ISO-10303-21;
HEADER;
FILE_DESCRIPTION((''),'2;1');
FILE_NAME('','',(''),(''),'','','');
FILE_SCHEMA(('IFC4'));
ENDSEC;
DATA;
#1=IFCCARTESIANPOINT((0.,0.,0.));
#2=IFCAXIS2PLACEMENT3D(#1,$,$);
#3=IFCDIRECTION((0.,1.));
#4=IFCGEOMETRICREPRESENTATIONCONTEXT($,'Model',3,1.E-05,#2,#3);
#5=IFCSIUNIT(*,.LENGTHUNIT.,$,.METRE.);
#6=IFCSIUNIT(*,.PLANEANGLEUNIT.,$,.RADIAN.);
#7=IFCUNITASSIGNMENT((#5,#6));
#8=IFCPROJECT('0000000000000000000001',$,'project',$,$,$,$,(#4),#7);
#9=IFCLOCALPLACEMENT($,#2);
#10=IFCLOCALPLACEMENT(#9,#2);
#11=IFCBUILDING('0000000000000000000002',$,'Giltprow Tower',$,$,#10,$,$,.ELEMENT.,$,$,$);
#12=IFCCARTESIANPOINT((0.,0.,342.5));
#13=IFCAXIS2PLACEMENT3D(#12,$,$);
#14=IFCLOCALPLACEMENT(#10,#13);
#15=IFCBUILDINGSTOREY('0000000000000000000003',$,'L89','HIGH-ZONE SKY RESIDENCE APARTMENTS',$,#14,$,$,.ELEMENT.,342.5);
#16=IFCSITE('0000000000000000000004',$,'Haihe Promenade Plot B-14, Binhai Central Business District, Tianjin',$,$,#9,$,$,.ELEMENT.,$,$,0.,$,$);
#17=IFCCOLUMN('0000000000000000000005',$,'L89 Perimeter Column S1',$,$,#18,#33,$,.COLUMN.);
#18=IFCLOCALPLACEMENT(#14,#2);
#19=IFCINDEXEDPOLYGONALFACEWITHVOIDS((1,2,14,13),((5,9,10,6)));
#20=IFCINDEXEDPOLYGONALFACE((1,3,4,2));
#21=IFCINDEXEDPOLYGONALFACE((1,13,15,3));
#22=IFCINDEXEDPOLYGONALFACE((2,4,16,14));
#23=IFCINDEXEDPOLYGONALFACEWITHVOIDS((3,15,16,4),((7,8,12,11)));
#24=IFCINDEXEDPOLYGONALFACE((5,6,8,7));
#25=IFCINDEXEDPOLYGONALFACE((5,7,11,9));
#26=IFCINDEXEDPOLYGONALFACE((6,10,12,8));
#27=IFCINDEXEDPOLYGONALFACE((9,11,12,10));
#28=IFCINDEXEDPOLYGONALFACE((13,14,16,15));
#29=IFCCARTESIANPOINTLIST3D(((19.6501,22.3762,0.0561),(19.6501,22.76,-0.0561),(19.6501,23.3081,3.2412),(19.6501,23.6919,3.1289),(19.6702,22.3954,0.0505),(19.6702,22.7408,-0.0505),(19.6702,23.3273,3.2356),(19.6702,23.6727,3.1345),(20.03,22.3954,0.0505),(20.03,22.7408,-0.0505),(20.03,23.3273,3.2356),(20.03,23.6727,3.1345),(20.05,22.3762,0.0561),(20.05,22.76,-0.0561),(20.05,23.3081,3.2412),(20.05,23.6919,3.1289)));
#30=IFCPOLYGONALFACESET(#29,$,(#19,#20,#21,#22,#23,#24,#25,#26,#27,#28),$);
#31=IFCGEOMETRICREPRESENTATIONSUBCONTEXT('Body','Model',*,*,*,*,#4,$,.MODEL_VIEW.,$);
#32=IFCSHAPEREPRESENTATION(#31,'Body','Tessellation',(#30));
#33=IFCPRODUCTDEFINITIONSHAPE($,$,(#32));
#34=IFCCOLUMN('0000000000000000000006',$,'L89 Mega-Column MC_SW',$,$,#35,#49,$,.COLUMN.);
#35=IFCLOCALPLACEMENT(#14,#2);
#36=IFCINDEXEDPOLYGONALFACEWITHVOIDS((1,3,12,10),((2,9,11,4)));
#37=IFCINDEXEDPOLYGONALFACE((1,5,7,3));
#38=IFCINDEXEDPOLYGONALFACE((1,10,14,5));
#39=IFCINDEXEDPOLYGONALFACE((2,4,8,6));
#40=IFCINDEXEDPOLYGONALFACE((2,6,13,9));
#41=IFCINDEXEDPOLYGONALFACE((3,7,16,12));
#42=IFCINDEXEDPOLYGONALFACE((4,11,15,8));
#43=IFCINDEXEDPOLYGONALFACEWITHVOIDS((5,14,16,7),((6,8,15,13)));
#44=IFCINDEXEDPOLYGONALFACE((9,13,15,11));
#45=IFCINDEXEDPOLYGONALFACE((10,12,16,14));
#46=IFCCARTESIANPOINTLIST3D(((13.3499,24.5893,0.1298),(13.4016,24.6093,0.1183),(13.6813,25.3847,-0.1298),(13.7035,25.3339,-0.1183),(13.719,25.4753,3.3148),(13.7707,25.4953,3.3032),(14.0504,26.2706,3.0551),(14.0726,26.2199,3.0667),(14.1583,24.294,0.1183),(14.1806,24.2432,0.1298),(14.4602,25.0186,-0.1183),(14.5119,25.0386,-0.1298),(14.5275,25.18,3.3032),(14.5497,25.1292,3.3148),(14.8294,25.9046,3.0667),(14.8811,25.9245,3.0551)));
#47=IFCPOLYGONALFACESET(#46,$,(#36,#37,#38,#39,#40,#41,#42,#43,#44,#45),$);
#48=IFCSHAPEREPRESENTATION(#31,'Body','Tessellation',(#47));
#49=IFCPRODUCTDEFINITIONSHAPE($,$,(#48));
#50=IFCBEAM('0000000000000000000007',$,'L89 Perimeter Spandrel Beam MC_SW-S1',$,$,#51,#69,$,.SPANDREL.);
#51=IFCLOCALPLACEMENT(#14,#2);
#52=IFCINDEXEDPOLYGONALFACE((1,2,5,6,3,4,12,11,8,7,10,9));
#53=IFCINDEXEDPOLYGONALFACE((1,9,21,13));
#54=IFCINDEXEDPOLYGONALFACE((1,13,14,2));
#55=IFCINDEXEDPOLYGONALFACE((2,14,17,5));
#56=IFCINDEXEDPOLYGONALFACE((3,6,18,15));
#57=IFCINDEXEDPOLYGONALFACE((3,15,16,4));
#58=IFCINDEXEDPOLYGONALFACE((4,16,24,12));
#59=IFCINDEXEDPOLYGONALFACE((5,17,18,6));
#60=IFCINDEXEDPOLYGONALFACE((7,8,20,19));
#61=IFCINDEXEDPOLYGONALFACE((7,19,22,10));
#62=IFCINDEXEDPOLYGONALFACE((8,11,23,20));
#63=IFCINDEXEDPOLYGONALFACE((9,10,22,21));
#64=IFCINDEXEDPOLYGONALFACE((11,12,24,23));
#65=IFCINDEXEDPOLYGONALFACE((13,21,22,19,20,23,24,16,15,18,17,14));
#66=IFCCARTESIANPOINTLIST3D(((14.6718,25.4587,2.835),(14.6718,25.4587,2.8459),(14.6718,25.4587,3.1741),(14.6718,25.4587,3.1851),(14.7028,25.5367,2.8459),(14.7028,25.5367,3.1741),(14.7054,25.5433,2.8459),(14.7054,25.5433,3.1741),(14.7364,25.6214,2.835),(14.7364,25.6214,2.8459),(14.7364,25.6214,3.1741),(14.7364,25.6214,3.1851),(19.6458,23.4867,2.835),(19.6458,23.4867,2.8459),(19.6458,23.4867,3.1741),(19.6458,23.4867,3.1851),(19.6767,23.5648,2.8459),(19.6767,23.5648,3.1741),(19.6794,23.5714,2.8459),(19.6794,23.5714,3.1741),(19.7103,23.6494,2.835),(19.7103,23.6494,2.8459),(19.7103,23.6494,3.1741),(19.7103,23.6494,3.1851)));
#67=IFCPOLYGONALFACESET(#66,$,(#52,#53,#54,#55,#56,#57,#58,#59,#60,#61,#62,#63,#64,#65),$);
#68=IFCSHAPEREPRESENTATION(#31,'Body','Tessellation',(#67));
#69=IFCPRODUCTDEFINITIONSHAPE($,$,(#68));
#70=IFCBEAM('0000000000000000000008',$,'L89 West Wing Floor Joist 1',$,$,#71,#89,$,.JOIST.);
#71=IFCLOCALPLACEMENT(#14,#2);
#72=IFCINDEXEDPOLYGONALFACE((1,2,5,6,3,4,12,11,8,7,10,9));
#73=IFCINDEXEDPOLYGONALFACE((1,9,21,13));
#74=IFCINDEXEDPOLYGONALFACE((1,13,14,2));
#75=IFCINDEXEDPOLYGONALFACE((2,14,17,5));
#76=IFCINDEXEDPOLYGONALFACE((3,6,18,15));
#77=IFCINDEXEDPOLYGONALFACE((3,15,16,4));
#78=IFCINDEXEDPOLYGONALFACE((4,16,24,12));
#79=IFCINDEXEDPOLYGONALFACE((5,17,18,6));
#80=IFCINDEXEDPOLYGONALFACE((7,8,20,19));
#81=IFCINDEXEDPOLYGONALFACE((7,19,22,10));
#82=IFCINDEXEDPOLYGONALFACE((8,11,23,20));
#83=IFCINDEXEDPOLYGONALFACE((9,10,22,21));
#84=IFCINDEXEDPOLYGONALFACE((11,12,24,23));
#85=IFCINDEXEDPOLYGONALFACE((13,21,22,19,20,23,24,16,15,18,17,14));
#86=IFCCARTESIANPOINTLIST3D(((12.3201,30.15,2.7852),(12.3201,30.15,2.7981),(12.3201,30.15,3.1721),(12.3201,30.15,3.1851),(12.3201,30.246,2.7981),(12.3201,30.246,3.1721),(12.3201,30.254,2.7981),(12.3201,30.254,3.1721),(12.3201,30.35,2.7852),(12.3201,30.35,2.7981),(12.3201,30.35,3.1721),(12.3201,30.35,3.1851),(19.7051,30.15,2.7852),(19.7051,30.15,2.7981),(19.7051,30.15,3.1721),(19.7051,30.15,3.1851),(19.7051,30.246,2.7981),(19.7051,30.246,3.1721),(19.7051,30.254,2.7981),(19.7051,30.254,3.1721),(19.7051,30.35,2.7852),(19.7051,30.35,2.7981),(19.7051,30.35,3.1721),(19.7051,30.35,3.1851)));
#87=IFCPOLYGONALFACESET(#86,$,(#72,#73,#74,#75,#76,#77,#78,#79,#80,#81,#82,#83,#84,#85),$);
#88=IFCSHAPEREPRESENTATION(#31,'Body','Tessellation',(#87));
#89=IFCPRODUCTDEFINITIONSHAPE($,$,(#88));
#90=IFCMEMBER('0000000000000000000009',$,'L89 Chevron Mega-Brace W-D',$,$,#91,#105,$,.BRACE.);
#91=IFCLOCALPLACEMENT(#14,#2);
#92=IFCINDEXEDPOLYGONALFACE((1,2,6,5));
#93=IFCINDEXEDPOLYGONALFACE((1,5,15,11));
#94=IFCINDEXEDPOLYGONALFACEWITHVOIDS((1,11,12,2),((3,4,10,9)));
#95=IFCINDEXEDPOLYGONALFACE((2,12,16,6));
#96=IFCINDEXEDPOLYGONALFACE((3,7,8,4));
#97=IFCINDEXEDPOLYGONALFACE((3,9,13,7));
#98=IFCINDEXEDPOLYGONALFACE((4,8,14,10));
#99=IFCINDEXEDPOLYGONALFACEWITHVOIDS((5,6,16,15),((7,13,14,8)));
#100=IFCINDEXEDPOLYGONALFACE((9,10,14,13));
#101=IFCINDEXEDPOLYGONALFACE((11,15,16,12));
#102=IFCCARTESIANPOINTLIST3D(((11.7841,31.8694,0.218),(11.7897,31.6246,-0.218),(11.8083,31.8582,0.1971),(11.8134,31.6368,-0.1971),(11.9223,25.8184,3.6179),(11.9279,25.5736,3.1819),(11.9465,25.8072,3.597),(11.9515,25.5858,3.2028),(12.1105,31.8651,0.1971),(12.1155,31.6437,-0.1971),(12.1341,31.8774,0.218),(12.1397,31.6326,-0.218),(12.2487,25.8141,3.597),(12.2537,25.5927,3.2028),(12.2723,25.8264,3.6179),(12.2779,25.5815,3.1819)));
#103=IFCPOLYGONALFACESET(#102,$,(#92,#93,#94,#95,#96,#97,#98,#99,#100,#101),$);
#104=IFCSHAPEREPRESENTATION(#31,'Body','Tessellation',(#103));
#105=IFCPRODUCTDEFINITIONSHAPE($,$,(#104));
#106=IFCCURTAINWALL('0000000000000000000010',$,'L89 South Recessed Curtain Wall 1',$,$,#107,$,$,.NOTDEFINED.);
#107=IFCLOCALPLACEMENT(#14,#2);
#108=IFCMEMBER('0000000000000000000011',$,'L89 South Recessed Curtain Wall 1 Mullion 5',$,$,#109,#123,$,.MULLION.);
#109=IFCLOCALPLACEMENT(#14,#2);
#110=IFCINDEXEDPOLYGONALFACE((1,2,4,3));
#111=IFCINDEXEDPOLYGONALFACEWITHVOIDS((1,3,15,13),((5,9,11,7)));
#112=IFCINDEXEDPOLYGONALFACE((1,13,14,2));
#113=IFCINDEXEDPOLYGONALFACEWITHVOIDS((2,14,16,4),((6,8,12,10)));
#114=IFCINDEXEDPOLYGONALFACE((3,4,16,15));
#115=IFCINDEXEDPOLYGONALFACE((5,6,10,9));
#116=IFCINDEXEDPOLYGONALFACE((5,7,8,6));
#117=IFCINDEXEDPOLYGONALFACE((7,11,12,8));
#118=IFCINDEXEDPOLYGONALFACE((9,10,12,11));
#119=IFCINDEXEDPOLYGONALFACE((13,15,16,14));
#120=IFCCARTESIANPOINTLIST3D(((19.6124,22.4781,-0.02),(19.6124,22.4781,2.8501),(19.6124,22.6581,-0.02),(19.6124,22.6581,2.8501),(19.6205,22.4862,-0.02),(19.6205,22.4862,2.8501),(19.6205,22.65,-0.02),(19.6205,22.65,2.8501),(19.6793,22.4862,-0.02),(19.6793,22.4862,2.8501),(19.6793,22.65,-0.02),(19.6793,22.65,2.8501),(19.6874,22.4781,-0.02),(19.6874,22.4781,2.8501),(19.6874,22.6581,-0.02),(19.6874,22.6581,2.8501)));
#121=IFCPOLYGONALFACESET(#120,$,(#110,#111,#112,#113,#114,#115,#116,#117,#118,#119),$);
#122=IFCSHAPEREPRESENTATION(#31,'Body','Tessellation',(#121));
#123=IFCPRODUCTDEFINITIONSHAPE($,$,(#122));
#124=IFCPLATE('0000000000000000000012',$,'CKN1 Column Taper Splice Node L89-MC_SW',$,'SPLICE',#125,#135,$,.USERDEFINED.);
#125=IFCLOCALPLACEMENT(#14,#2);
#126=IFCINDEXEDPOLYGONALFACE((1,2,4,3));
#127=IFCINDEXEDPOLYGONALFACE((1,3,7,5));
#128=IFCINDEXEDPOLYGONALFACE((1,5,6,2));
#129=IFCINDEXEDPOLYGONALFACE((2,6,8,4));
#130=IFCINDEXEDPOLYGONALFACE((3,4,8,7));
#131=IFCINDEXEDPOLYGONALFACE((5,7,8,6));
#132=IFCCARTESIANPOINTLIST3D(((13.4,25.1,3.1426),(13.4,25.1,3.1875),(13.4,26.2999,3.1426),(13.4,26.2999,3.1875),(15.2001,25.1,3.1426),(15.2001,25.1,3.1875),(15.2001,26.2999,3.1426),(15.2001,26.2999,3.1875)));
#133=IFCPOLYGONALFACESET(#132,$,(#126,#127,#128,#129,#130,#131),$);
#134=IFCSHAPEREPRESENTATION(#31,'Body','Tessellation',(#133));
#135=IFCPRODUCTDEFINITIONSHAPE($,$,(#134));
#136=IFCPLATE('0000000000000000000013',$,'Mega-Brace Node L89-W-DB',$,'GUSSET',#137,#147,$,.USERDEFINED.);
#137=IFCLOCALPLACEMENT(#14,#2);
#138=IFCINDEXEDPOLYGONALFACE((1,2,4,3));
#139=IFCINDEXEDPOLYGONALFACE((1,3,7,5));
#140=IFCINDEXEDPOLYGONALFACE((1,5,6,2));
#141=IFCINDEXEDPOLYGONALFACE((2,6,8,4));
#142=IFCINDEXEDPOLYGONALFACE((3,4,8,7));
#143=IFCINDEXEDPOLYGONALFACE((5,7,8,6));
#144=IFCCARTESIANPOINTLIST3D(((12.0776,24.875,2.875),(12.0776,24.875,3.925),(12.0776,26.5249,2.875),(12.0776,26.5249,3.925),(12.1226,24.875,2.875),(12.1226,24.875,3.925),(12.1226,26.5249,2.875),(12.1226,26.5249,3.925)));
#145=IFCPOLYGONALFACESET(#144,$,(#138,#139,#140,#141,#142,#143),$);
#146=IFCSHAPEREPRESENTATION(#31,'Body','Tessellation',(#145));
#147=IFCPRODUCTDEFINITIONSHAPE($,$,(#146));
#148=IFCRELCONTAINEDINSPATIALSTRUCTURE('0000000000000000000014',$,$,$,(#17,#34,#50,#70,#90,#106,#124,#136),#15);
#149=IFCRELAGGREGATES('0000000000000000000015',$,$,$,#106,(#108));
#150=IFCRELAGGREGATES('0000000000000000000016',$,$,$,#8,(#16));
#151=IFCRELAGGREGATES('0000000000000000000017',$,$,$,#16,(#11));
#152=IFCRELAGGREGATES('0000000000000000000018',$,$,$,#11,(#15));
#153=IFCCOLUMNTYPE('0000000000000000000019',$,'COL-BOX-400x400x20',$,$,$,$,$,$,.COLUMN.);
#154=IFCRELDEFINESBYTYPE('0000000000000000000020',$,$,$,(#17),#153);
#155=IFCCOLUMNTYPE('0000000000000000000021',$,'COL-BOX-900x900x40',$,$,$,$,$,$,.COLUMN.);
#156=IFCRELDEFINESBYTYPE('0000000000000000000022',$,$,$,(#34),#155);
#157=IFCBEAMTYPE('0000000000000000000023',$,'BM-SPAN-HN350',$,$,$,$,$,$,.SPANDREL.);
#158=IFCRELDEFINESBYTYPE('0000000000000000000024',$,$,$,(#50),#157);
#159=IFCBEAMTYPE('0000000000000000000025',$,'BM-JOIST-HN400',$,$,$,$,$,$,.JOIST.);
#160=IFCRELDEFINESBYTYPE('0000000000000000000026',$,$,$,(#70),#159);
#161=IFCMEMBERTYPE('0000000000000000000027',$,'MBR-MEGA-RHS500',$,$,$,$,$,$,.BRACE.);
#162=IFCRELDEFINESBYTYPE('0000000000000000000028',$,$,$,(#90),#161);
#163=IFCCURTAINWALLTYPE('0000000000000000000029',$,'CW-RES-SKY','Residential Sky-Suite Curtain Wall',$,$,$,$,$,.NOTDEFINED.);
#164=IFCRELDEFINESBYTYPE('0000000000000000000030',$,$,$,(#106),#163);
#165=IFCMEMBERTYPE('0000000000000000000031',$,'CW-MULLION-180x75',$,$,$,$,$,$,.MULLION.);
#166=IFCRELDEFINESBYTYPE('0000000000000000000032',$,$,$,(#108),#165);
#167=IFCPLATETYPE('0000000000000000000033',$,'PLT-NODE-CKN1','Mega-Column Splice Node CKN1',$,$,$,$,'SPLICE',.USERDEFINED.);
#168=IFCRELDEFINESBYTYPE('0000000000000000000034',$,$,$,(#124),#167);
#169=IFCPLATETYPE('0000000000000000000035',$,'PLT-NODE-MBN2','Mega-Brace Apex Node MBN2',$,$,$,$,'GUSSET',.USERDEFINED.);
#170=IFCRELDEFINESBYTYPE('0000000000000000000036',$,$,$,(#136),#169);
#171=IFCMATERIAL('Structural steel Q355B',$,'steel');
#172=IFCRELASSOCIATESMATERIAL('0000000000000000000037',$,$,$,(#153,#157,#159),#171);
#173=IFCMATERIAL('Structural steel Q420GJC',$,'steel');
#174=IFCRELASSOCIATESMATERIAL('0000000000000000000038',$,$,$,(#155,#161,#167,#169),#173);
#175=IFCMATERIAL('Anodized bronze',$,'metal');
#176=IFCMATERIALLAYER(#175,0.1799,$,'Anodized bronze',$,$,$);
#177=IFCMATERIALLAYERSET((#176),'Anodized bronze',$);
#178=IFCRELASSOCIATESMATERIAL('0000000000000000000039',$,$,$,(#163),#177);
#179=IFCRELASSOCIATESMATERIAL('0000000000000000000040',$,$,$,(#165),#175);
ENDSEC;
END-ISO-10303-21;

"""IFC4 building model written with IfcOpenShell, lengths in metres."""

from ifc_helpers import new_model, si_unit, direction, frame, origin, origin_2d, place, context, subcontext, project, spatial, rectangle, hollow_rectangle, i_section, extrude, source, transform, mapped, material, layer, layer_set, material_profile, profile_set, type_object, element, aggregate, save


model = new_model("IFC4")

# Units and contexts
model_context = context("Model", 3, precision=1e-05, world=origin(), true_north=direction((0.0, 1.0)))
body_context = subcontext(model_context, "Body", "Model", "MODEL_VIEW")
ifc_project = project(units=[si_unit("LENGTHUNIT", "METRE"), si_unit("PLANEANGLEUNIT", "RADIAN")], contexts=[model_context])

# Site, building, storey
site_placement = place(None, origin())
site = spatial("IfcSite", under=ifc_project, at=site_placement, Name="Haihe Promenade Plot B-14, Binhai Central Business District, Tianjin", CompositionType="ELEMENT", RefElevation=0.0)
building_placement = place(site_placement, origin())
building = spatial("IfcBuilding", under=site, at=building_placement, Name="Giltprow Tower", CompositionType="ELEMENT")
storey_placement = place(building_placement, frame((0.0, 0.0, 342.5)))
storey = spatial("IfcBuildingStorey", under=building, at=storey_placement, Name="L89", Description="HIGH-ZONE SKY RESIDENCE APARTMENTS", CompositionType="ELEMENT", Elevation=342.5)

# Columns
ifc_material_1 = material(Name="Structural steel Q355B", Category="steel")
ifc_material_profile_1 = material_profile(ifc_material_1, hollow_rectangle(XDim=0.3999, YDim=0.3999, WallThickness=0.02, at=origin_2d()), Name="BOX 400x400x20")
ifc_profile_set_1 = profile_set([ifc_material_profile_1], Name="Structural steel Q355B")
column_type_1 = type_object("IfcColumnType", Name="COL-BOX-400x400x20", PredefinedType="COLUMN", material=ifc_profile_set_1)
shared_shape_1 = source(origin(), body_context, "Body", "SweptSolid", [
    extrude(hollow_rectangle(XDim=0.3999, YDim=0.3999, WallThickness=0.02, at=origin_2d()), origin(), (0.0, 0.0, 1.0), 3.3186),
])
column_1_placement = place(storey_placement, frame((19.8501, 22.5681, 0.0), z_axis=(0.0, 0.280808, 0.959764), x_axis=(-1.0, 0.0, 0.0)))
element("IfcColumn", 1, at=column_1_placement, inside=storey, type_object=column_type_1, Name="L89 Perimeter Column S1", PredefinedType="COLUMN", context=body_context, shape_type="MappedRepresentation", body=[
    mapped(shared_shape_1, transform((0.0, 0.0, 0.0), x_axis=(1.0, 0.0, 0.0), y_axis=(0.0, 1.0, 0.0), z_axis=(0.0, 0.0, 1.0), scale=1.0)),
])
ifc_material_2 = material(Name="Structural steel Q420GJC", Category="steel")
ifc_material_profile_2 = material_profile(ifc_material_2, hollow_rectangle(XDim=0.8999, YDim=0.8999, WallThickness=0.04, at=origin_2d()), Name="BOX 900x900x40")
ifc_profile_set_2 = profile_set([ifc_material_profile_2], Name="Structural steel Q420GJC")
column_type_2 = type_object("IfcColumnType", Name="COL-BOX-900x900x40", PredefinedType="COLUMN", material=ifc_profile_set_2)
shared_shape_2 = source(origin(), body_context, "Body", "SweptSolid", [
    extrude(hollow_rectangle(XDim=0.8999, YDim=0.8999, WallThickness=0.04, at=origin_2d()), origin(), (0.0, 0.0, 1.0), 3.3264),
])
column_2_placement = place(storey_placement, frame((13.9309, 24.814, 0.0), z_axis=(0.110969, 0.266339, 0.95747), x_axis=(-0.923084, 0.384597, 0.0)))
element("IfcColumn", 2, at=column_2_placement, inside=storey, type_object=column_type_2, Name="L89 Mega-Column MC_SW", PredefinedType="COLUMN", context=body_context, shape_type="MappedRepresentation", body=[
    mapped(shared_shape_2, transform((0.0, 0.0, 0.0), x_axis=(1.0, 0.0, 0.0), y_axis=(0.0, 1.0, 0.0), z_axis=(0.0, 0.0, 1.0), scale=1.0)),
])

# Beams
ifc_material_profile_3 = material_profile(ifc_material_1, i_section(OverallWidth=0.175, OverallDepth=0.3501, WebThickness=0.0071, FlangeThickness=0.011, at=origin_2d()), Name="HN 350x175x7x11")
ifc_profile_set_3 = profile_set([ifc_material_profile_3], Name="Structural steel Q355B")
beam_type_1 = type_object("IfcBeamType", Name="BM-SPAN-HN350", PredefinedType="SPANDREL", material=ifc_profile_set_3)
shared_shape_3 = source(origin(), body_context, "Body", "SweptSolid", [
    extrude(i_section(OverallWidth=0.175, OverallDepth=0.3501, WebThickness=0.0071, FlangeThickness=0.011, at=origin_2d()), origin(), (0.0, 0.0, 1.0), 5.3506),
])
beam_1_placement = place(storey_placement, frame((14.7041, 25.54, 3.01), z_axis=(0.929608, -0.368549, 0.0), x_axis=(0.368549, 0.929608, 0.0)))
element("IfcBeam", 3, at=beam_1_placement, inside=storey, type_object=beam_type_1, Name="L89 Perimeter Spandrel Beam MC_SW-S1", PredefinedType="SPANDREL", context=body_context, shape_type="MappedRepresentation", body=[
    mapped(shared_shape_3, transform((0.0, 0.0, 0.0), x_axis=(1.0, 0.0, 0.0), y_axis=(0.0, 1.0, 0.0), z_axis=(0.0, 0.0, 1.0), scale=1.0)),
])
ifc_material_profile_4 = material_profile(ifc_material_1, i_section(OverallWidth=0.2, OverallDepth=0.3999, WebThickness=0.0081, FlangeThickness=0.0129, at=origin_2d()), Name="HN 400x200x8x13")
ifc_profile_set_4 = profile_set([ifc_material_profile_4], Name="Structural steel Q355B")
beam_type_2 = type_object("IfcBeamType", Name="BM-JOIST-HN400", PredefinedType="JOIST", material=ifc_profile_set_4)
shared_shape_4 = source(origin(), body_context, "Body", "SweptSolid", [
    extrude(i_section(OverallWidth=0.2, OverallDepth=0.3999, WebThickness=0.0081, FlangeThickness=0.0129, at=origin_2d()), origin(), (0.0, 0.0, 1.0), 7.385),
])
beam_2_placement = place(storey_placement, frame((12.3201, 30.25, 2.9851), z_axis=(1.0, 0.0, 0.0), x_axis=(0.0, 1.0, 0.0)))
element("IfcBeam", 4, at=beam_2_placement, inside=storey, type_object=beam_type_2, Name="L89 West Wing Floor Joist 1", PredefinedType="JOIST", context=body_context, shape_type="MappedRepresentation", body=[
    mapped(shared_shape_4, transform((0.0, 0.0, 0.0), x_axis=(1.0, 0.0, 0.0), y_axis=(0.0, 1.0, 0.0), z_axis=(0.0, 0.0, 1.0), scale=1.0)),
])

# Member
ifc_material_profile_5 = material_profile(ifc_material_2, hollow_rectangle(XDim=0.3501, YDim=0.5, WallThickness=0.0239, at=origin_2d()), Name="RHS 500x350x24")
ifc_profile_set_5 = profile_set([ifc_material_profile_5], Name="Structural steel Q420GJC")
member_type_1 = type_object("IfcMemberType", Name="MBR-MEGA-RHS500", PredefinedType="BRACE", material=ifc_profile_set_5)
shared_shape_5 = source(origin(), body_context, "Body", "SweptSolid", [
    extrude(hollow_rectangle(XDim=0.3501, YDim=0.5, WallThickness=0.0239, at=origin_2d()), origin(), (0.0, 0.0, 1.0), 6.9421),
])
member_1_placement = place(storey_placement, frame((11.9619, 31.751, 0.0), z_axis=(0.019905, -0.871637, 0.489748), x_axis=(0.999739, 0.02283, 0.0)))
element("IfcMember", 5, at=member_1_placement, inside=storey, type_object=member_type_1, Name="L89 Chevron Mega-Brace W-D", PredefinedType="BRACE", context=body_context, shape_type="MappedRepresentation", body=[
    mapped(shared_shape_5, transform((0.0, 0.0, 0.0), x_axis=(1.0, 0.0, 0.0), y_axis=(0.0, 1.0, 0.0), z_axis=(0.0, 0.0, 1.0), scale=1.0)),
])

# Curtain wall, member
ifc_material_3 = material(Name="Anodized bronze", Category="metal")
ifc_layer_1 = layer(ifc_material_3, 0.1799, Name="Anodized bronze")
ifc_layer_set_1 = layer_set([ifc_layer_1], Name="Anodized bronze")
curtain_wall_type = type_object("IfcCurtainWallType", Name="CW-RES-SKY", Description="Residential Sky-Suite Curtain Wall", PredefinedType="NOTDEFINED", material=ifc_layer_set_1)
curtain_wall_placement = place(storey_placement, origin())
curtain_wall = element("IfcCurtainWall", 6, at=curtain_wall_placement, inside=storey, type_object=curtain_wall_type, Name="L89 South Recessed Curtain Wall 1", PredefinedType="NOTDEFINED")
ifc_material_profile_6 = material_profile(ifc_material_3, hollow_rectangle(XDim=0.075, YDim=0.1799, WallThickness=0.0081, at=origin_2d()), Name="RHS 180x75x8")
ifc_profile_set_6 = profile_set([ifc_material_profile_6], Name="Anodized bronze")
member_type_2 = type_object("IfcMemberType", Name="CW-MULLION-180x75", PredefinedType="MULLION", material=ifc_profile_set_6)
shared_shape_6 = source(origin(), body_context, "Body", "SweptSolid", [
    extrude(hollow_rectangle(XDim=0.075, YDim=0.1799, WallThickness=0.0081, at=origin_2d()), origin(), (0.0, 0.0, 1.0), 2.8701),
])
member_2_placement = place(storey_placement, frame((19.6499, 22.5681, -0.02), z_axis=(0.0, 0.0, 1.0), x_axis=(1.0, 0.0, 0.0)))
member_2 = element("IfcMember", 7, at=member_2_placement, type_object=member_type_2, Name="L89 South Recessed Curtain Wall 1 Mullion 5", PredefinedType="MULLION", context=body_context, shape_type="MappedRepresentation", body=[
    mapped(shared_shape_6, transform((0.0, 0.0, 0.0), x_axis=(1.0, 0.0, 0.0), y_axis=(0.0, 1.0, 0.0), z_axis=(0.0, 0.0, 1.0), scale=1.0)),
])
aggregate(curtain_wall, [member_2])

# Plates
plate_type_1 = type_object("IfcPlateType", Name="PLT-NODE-CKN1", Description="Mega-Column Splice Node CKN1", ElementType="SPLICE", PredefinedType="USERDEFINED", material=ifc_material_2)
shared_shape_7 = source(origin(), body_context, "Body", "SweptSolid", [
    extrude(rectangle(XDim=1.8, YDim=1.2, at=origin_2d()), origin(), (0.0, 0.0, 1.0), 0.0449),
])
plate_1_placement = place(storey_placement, frame((14.3, 25.7, 3.1426), z_axis=(0.0, 0.0, 1.0), x_axis=(1.0, 0.0, 0.0)))
element("IfcPlate", 8, at=plate_1_placement, inside=storey, type_object=plate_type_1, Name="CKN1 Column Taper Splice Node L89-MC_SW", ObjectType="SPLICE", PredefinedType="USERDEFINED", context=body_context, shape_type="MappedRepresentation", body=[
    mapped(shared_shape_7, transform((0.0, 0.0, 0.0), x_axis=(1.0, 0.0, 0.0), y_axis=(0.0, 1.0, 0.0), z_axis=(0.0, 0.0, 1.0), scale=1.0)),
])
plate_type_2 = type_object("IfcPlateType", Name="PLT-NODE-MBN2", Description="Mega-Brace Apex Node MBN2", ElementType="GUSSET", PredefinedType="USERDEFINED", material=ifc_material_2)
shared_shape_8 = source(origin(), body_context, "Body", "SweptSolid", [
    extrude(rectangle(XDim=1.6499, YDim=0.0449, at=origin_2d()), origin(), (0.0, 0.0, 1.0), 1.05),
])
plate_2_placement = place(storey_placement, frame((12.1001, 25.7, 2.875), z_axis=(0.0, 0.0, 1.0), x_axis=(0.0, 1.0, 0.0)))
element("IfcPlate", 9, at=plate_2_placement, inside=storey, type_object=plate_type_2, Name="Mega-Brace Node L89-W-DB", ObjectType="GUSSET", PredefinedType="USERDEFINED", context=body_context, shape_type="MappedRepresentation", body=[
    mapped(shared_shape_8, transform((0.0, 0.0, 0.0), x_axis=(1.0, 0.0, 0.0), y_axis=(0.0, 1.0, 0.0), z_axis=(0.0, 0.0, 1.0), scale=1.0)),
])

save(model, "model.ifc")
